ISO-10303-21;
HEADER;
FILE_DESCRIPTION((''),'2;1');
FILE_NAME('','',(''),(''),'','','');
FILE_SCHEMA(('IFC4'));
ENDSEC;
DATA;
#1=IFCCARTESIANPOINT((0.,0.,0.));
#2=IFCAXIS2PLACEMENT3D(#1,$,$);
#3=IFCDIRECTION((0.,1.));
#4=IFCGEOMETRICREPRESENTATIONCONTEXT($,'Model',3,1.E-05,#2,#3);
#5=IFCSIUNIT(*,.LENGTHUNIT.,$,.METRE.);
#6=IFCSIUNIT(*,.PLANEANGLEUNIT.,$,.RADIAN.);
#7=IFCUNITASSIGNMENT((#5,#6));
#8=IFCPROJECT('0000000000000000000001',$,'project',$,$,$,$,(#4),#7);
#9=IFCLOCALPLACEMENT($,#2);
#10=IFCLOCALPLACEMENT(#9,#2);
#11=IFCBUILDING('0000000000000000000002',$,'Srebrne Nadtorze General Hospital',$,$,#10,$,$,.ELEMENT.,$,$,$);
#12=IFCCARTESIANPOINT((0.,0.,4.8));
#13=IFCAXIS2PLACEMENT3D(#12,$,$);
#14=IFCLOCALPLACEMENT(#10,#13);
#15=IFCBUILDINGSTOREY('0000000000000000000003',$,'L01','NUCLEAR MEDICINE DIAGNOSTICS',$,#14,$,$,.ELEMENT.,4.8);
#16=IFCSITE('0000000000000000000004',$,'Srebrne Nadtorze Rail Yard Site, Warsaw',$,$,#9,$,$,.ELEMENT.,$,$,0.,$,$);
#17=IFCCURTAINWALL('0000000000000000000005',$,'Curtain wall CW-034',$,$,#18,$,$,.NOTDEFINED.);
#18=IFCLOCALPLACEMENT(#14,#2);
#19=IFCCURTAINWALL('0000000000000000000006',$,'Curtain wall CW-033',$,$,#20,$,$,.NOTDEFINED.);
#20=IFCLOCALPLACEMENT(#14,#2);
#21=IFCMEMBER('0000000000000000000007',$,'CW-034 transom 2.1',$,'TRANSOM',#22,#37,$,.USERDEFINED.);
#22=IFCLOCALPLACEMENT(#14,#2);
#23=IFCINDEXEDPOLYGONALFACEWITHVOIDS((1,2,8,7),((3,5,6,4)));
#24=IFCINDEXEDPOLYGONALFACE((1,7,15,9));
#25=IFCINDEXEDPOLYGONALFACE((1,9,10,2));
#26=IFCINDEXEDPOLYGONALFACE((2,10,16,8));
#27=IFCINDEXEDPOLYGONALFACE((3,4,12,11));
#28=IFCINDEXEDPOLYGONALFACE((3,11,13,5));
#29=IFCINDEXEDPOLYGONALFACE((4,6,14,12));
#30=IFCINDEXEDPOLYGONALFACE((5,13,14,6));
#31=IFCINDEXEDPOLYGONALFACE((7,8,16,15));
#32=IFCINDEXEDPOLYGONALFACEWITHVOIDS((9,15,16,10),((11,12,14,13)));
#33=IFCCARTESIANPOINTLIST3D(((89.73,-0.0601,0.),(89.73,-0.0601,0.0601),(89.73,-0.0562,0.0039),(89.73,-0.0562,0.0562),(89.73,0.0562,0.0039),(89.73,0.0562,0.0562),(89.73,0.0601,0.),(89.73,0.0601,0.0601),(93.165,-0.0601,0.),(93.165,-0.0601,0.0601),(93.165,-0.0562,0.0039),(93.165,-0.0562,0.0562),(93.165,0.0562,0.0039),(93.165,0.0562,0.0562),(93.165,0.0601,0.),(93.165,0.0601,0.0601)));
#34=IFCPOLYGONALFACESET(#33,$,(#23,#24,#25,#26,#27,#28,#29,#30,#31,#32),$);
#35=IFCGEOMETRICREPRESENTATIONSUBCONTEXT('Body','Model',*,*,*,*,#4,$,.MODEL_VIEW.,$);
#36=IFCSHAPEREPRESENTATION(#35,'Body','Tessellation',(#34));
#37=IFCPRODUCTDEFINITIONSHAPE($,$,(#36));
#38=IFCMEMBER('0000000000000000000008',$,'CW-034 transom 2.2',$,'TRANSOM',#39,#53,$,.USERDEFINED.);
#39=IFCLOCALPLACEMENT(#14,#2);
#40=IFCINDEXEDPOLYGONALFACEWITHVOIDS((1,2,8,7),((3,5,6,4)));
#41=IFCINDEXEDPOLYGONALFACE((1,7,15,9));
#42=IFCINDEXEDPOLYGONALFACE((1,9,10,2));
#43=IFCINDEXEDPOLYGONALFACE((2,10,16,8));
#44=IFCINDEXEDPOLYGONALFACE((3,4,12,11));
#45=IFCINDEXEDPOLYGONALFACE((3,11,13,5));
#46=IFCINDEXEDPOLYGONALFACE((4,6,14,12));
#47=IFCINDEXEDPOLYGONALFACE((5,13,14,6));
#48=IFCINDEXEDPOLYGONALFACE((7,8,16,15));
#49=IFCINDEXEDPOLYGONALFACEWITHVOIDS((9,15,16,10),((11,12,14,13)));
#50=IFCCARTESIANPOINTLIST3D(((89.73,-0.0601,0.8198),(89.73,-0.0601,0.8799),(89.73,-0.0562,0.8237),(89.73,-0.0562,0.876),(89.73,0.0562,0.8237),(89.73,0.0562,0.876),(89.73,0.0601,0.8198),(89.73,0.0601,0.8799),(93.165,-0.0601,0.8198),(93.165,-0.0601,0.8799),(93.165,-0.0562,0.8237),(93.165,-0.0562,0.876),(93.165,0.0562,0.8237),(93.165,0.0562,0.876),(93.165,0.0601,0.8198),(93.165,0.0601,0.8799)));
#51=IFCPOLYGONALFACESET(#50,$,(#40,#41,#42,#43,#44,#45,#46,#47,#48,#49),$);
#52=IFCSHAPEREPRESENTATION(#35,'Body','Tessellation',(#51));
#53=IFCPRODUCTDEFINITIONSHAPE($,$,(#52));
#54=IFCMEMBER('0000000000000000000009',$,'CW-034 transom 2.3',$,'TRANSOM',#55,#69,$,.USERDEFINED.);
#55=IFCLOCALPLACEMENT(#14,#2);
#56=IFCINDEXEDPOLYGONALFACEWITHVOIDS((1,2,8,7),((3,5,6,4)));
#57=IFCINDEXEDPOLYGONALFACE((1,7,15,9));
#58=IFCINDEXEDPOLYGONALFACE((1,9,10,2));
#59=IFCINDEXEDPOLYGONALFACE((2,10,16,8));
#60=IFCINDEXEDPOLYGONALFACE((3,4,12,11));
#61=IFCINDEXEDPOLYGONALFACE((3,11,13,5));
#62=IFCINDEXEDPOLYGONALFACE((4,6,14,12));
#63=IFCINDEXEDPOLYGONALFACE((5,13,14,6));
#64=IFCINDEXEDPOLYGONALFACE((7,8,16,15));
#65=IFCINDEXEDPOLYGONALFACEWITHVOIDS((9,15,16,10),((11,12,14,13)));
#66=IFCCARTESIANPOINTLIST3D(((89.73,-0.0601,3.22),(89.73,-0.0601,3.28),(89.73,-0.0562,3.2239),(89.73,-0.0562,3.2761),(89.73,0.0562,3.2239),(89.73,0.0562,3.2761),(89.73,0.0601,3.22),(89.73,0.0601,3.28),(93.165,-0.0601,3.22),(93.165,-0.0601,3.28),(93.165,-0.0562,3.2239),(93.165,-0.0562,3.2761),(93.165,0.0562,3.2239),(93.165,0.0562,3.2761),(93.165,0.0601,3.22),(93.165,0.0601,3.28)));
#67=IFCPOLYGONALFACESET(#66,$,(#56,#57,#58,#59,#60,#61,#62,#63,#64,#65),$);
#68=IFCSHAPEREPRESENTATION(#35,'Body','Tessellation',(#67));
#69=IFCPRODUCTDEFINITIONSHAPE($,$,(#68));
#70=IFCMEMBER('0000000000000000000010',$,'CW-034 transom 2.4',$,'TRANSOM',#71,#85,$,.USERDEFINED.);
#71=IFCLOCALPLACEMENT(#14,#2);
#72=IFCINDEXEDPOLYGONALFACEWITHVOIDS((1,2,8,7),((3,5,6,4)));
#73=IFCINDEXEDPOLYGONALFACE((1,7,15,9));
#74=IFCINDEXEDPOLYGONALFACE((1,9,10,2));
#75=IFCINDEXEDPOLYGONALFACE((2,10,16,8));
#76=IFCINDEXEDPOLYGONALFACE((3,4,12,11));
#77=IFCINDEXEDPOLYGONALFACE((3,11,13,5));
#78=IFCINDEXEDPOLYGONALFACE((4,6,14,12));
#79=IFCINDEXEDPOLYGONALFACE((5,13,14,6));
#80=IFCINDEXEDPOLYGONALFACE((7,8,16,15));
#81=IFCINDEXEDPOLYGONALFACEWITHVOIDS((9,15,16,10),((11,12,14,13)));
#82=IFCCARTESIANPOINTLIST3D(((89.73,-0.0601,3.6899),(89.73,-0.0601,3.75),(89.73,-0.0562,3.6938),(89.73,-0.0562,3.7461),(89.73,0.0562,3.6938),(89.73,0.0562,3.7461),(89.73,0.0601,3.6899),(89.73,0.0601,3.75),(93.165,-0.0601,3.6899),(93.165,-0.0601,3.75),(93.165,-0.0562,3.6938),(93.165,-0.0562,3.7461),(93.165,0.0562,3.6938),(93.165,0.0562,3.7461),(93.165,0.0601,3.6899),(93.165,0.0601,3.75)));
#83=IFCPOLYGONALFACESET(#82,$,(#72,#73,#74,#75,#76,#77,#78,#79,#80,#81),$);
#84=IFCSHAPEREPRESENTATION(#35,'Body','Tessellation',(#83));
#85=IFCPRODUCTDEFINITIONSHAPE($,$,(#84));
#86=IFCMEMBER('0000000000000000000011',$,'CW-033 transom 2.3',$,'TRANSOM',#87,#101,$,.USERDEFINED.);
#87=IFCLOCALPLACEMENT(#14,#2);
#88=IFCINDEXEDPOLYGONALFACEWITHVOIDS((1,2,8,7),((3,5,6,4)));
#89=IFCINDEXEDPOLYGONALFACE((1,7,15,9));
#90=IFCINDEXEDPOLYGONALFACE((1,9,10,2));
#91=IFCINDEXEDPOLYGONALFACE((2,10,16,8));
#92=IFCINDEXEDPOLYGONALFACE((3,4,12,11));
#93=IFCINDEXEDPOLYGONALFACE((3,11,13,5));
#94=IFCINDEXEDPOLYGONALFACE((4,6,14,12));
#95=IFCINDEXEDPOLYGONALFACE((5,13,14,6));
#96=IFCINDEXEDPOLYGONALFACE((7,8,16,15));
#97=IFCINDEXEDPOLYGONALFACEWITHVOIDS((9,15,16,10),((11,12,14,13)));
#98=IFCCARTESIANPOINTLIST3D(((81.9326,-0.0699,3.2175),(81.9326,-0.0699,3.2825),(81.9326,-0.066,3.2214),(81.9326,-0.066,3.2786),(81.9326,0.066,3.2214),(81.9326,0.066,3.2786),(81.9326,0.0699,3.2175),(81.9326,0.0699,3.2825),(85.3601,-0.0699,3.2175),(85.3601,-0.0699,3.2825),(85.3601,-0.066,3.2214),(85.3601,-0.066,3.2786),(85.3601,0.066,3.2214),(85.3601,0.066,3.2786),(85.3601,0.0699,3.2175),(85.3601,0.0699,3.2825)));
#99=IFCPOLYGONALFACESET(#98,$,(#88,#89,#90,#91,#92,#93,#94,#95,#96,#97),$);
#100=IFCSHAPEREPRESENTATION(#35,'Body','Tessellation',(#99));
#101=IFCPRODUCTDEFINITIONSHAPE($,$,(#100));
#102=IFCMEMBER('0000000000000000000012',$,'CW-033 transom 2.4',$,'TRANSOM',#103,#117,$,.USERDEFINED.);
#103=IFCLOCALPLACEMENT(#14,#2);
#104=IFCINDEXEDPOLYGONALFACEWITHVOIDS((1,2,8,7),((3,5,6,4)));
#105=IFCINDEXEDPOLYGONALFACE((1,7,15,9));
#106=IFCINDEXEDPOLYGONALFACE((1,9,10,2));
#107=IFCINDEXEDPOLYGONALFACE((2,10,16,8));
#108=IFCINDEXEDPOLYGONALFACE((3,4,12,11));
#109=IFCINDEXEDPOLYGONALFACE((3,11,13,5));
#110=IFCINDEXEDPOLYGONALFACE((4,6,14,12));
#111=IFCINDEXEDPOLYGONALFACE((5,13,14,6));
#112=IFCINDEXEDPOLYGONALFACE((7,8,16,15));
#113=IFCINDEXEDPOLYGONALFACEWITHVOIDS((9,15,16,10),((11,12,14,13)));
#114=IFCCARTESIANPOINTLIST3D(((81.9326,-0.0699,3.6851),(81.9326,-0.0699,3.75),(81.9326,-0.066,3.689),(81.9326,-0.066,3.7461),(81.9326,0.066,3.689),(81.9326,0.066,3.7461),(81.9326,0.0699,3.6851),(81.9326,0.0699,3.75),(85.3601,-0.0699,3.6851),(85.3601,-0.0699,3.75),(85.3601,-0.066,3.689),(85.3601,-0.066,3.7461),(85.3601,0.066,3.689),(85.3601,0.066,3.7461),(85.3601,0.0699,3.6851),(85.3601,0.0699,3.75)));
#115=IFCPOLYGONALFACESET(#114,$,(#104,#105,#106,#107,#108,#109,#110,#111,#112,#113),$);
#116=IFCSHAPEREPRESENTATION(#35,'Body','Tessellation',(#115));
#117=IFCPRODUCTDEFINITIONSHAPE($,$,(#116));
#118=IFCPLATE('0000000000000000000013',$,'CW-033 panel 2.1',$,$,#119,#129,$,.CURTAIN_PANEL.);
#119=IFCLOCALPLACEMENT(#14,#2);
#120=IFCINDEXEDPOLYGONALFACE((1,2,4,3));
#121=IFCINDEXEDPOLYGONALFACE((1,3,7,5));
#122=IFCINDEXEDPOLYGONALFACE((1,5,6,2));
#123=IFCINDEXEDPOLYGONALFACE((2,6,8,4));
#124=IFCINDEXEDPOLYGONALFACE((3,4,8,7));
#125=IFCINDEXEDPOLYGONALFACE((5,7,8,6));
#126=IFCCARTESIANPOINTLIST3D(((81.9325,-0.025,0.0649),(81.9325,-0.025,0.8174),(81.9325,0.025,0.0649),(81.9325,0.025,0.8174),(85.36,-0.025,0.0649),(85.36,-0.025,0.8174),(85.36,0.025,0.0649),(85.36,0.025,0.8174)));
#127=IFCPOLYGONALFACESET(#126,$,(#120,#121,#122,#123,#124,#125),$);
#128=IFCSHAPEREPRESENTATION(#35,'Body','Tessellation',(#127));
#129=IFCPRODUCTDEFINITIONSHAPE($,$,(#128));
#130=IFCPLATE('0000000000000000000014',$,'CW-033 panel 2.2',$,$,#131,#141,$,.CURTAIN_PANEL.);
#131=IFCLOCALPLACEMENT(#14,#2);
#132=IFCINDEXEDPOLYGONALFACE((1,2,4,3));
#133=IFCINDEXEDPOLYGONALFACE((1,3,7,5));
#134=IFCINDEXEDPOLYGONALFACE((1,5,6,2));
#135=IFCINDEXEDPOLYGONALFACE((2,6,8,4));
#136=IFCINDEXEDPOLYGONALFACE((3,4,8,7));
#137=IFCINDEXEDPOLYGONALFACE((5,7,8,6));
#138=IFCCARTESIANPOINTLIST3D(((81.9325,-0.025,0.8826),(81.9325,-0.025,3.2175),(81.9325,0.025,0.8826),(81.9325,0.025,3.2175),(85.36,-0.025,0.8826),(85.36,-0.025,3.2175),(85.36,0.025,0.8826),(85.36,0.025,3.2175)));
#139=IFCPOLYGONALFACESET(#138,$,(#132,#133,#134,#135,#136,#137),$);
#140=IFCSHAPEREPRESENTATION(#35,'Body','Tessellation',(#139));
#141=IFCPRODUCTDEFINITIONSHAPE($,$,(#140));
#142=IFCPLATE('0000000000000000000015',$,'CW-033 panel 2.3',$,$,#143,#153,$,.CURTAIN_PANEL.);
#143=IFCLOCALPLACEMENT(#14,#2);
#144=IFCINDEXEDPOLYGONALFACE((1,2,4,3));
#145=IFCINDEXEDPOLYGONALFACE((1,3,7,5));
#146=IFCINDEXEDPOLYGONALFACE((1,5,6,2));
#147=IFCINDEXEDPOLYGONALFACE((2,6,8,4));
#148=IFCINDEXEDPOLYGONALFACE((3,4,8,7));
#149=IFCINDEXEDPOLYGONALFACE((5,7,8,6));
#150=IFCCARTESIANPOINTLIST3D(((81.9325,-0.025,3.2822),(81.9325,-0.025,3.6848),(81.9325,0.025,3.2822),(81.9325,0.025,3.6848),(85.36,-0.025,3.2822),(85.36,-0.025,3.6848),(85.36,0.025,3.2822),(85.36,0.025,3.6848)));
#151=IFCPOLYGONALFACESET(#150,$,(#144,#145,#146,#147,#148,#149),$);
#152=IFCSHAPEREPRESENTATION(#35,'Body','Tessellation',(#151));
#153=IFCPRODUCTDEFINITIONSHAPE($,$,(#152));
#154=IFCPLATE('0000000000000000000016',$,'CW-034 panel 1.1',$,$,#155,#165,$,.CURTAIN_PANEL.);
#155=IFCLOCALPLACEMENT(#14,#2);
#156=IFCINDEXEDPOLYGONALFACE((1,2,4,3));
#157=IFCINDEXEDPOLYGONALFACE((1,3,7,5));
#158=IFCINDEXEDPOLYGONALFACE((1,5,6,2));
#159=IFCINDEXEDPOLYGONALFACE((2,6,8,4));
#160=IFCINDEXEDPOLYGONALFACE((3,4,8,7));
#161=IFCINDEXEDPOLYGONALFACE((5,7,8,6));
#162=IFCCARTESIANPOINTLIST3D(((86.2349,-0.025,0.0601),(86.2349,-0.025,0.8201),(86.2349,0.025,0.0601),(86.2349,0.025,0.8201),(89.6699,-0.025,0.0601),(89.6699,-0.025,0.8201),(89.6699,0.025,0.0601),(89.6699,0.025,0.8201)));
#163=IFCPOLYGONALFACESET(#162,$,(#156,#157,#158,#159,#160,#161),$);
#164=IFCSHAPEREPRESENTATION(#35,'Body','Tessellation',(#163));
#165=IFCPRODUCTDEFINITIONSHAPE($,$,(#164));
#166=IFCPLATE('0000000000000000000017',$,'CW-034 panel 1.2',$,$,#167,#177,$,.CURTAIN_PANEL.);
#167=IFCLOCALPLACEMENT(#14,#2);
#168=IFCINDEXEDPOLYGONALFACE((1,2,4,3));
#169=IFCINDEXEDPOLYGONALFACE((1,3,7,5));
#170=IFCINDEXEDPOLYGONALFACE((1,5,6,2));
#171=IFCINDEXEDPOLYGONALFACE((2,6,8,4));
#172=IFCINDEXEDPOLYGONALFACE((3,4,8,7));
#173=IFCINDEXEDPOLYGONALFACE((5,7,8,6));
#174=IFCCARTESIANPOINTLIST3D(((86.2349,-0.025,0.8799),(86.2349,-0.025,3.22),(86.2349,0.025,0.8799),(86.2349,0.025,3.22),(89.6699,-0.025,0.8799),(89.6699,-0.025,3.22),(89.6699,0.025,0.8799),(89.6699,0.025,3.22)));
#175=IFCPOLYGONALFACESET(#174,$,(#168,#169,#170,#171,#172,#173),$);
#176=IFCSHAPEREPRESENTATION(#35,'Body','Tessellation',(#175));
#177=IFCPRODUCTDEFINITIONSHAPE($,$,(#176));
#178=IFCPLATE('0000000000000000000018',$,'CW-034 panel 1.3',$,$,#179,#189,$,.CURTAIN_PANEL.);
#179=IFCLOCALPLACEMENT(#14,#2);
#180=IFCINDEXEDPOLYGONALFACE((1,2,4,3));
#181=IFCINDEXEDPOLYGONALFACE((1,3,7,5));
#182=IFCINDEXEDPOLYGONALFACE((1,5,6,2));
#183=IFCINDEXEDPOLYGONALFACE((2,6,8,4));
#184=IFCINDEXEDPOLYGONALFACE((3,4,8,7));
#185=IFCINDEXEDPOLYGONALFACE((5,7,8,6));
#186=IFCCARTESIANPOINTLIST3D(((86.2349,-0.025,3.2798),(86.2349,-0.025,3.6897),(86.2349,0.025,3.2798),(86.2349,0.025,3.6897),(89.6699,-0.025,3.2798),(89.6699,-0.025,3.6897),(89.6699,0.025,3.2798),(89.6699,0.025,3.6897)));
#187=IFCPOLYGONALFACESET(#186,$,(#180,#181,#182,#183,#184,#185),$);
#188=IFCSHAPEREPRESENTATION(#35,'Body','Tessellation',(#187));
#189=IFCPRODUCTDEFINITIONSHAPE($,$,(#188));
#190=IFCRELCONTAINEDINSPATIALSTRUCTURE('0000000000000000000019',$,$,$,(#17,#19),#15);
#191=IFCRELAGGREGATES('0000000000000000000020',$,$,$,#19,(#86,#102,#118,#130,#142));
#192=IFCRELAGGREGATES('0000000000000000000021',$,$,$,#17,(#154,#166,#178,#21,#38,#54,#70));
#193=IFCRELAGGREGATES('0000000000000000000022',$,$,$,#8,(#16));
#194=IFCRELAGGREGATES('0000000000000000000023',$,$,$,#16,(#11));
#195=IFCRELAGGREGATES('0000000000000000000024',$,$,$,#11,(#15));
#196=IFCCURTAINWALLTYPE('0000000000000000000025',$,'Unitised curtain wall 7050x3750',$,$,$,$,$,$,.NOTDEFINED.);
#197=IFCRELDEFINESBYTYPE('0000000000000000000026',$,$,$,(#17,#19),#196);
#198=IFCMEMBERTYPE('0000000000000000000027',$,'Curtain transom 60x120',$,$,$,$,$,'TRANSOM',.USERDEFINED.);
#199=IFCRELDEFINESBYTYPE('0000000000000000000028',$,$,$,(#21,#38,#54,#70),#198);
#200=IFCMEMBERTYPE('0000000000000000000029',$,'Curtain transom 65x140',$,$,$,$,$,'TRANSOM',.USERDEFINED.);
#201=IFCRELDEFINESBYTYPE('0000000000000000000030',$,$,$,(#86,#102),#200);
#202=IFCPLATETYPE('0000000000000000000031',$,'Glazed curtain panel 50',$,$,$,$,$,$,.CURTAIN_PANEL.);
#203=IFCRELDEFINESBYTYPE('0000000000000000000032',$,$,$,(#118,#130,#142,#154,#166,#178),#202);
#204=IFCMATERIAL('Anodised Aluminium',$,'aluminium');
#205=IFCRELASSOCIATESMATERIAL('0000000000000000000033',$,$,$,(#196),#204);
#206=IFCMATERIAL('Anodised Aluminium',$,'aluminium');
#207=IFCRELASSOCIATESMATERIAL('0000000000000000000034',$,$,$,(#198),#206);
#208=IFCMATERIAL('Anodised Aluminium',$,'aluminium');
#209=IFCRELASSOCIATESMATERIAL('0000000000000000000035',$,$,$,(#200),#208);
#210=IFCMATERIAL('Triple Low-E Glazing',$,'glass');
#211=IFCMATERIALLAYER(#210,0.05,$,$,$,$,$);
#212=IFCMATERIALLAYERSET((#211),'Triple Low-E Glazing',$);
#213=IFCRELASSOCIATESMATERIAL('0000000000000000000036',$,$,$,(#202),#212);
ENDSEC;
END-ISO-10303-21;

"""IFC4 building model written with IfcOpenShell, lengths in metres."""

from ifc_helpers import new_model, si_unit, direction, frame, origin, origin_2d, place, context, subcontext, project, spatial, rectangle, hollow_rectangle, extrude, material, layer, layer_set, material_profile, profile_set, type_object, element, aggregate, save


model = new_model("IFC4")

# Units and contexts
model_context = context("Model", 3, precision=1e-05, world=origin(), true_north=direction((0.0, 1.0)))
body_context = subcontext(model_context, "Body", "Model", "MODEL_VIEW")
ifc_project = project(units=[si_unit("LENGTHUNIT", "METRE"), si_unit("PLANEANGLEUNIT", "RADIAN")], contexts=[model_context])

# Site, building, storey
site_placement = place(None, origin())
site = spatial("IfcSite", under=ifc_project, at=site_placement, Name="Srebrne Nadtorze Rail Yard Site, Warsaw", CompositionType="ELEMENT", RefElevation=0.0)
building_placement = place(site_placement, origin())
building = spatial("IfcBuilding", under=site, at=building_placement, Name="Srebrne Nadtorze General Hospital", CompositionType="ELEMENT")
storey_placement = place(building_placement, frame((0.0, 0.0, 4.8)))
storey = spatial("IfcBuildingStorey", under=building, at=storey_placement, Name="L01", Description="NUCLEAR MEDICINE DIAGNOSTICS", CompositionType="ELEMENT", Elevation=4.8)

# Curtain wall
ifc_material_1 = material(Name="Anodised Aluminium", Category="aluminium")
curtain_wall_type = type_object("IfcCurtainWallType", Name="Unitised curtain wall 7050x3750", PredefinedType="NOTDEFINED", material=ifc_material_1)
curtain_wall_1_placement = place(storey_placement, origin())
curtain_wall_1 = element("IfcCurtainWall", 1, at=curtain_wall_1_placement, inside=storey, type_object=curtain_wall_type, Name="Curtain wall CW-034", PredefinedType="NOTDEFINED")

# Curtain wall
curtain_wall_2_placement = place(storey_placement, origin())
curtain_wall_2 = element("IfcCurtainWall", 2, at=curtain_wall_2_placement, inside=storey, type_object=curtain_wall_type, Name="Curtain wall CW-033", PredefinedType="NOTDEFINED")

# Members
ifc_material_2 = material(Name="Anodised Aluminium", Category="aluminium")
ifc_material_profile_1 = material_profile(ifc_material_2, hollow_rectangle(XDim=0.0601, YDim=0.1201, WallThickness=0.0039, at=origin_2d()), Name="AL-TRN-60x120")
ifc_profile_set_1 = profile_set([ifc_material_profile_1], Name="Anodised Aluminium")
member_type_1 = type_object("IfcMemberType", Name="Curtain transom 60x120", ElementType="TRANSOM", PredefinedType="USERDEFINED", material=ifc_profile_set_1)
member_1_placement = place(storey_placement, frame((89.73, 0.0, 0.03), z_axis=(1.0, 0.0, 0.0), x_axis=(0.0, 0.0, 1.0)))
member_1 = element("IfcMember", 3, at=member_1_placement, type_object=member_type_1, Name="CW-034 transom 2.1", ObjectType="TRANSOM", PredefinedType="USERDEFINED", context=body_context, shape_type="SweptSolid", body=[
    extrude(hollow_rectangle(XDim=0.0601, YDim=0.1201, WallThickness=0.0039, at=origin_2d()), origin(), (0.0, 0.0, 1.0), 3.4351),
])
member_2_placement = place(storey_placement, frame((89.73, 0.0, 0.8499), z_axis=(1.0, 0.0, 0.0), x_axis=(0.0, 0.0, 1.0)))
member_2 = element("IfcMember", 4, at=member_2_placement, type_object=member_type_1, Name="CW-034 transom 2.2", ObjectType="TRANSOM", PredefinedType="USERDEFINED", context=body_context, shape_type="SweptSolid", body=[
    extrude(hollow_rectangle(XDim=0.0601, YDim=0.1201, WallThickness=0.0039, at=origin_2d()), origin(), (0.0, 0.0, 1.0), 3.4351),
])
member_3_placement = place(storey_placement, frame((89.73, 0.0, 3.25), z_axis=(1.0, 0.0, 0.0), x_axis=(0.0, 0.0, 1.0)))
member_3 = element("IfcMember", 5, at=member_3_placement, type_object=member_type_1, Name="CW-034 transom 2.3", ObjectType="TRANSOM", PredefinedType="USERDEFINED", context=body_context, shape_type="SweptSolid", body=[
    extrude(hollow_rectangle(XDim=0.0601, YDim=0.1201, WallThickness=0.0039, at=origin_2d()), origin(), (0.0, 0.0, 1.0), 3.4351),
])
member_4_placement = place(storey_placement, frame((89.73, 0.0, 3.72), z_axis=(1.0, 0.0, 0.0), x_axis=(0.0, 0.0, 1.0)))
member_4 = element("IfcMember", 6, at=member_4_placement, type_object=member_type_1, Name="CW-034 transom 2.4", ObjectType="TRANSOM", PredefinedType="USERDEFINED", context=body_context, shape_type="SweptSolid", body=[
    extrude(hollow_rectangle(XDim=0.0601, YDim=0.1201, WallThickness=0.0039, at=origin_2d()), origin(), (0.0, 0.0, 1.0), 3.4351),
])
ifc_material_3 = material(Name="Anodised Aluminium", Category="aluminium")
ifc_material_profile_2 = material_profile(ifc_material_3, hollow_rectangle(XDim=0.0649, YDim=0.1399, WallThickness=0.0039, at=origin_2d()), Name="AL-TRN-65x140")
ifc_profile_set_2 = profile_set([ifc_material_profile_2], Name="Anodised Aluminium")
member_type_2 = type_object("IfcMemberType", Name="Curtain transom 65x140", ElementType="TRANSOM", PredefinedType="USERDEFINED", material=ifc_profile_set_2)
member_5_placement = place(storey_placement, frame((81.9326, 0.0, 3.25), z_axis=(1.0, 0.0, 0.0), x_axis=(0.0, 0.0, 1.0)))
member_5 = element("IfcMember", 7, at=member_5_placement, type_object=member_type_2, Name="CW-033 transom 2.3", ObjectType="TRANSOM", PredefinedType="USERDEFINED", context=body_context, shape_type="SweptSolid", body=[
    extrude(hollow_rectangle(XDim=0.0649, YDim=0.1399, WallThickness=0.0039, at=origin_2d()), origin(), (0.0, 0.0, 1.0), 3.4275),
])
member_6_placement = place(storey_placement, frame((81.9326, 0.0, 3.7175), z_axis=(1.0, 0.0, 0.0), x_axis=(0.0, 0.0, 1.0)))
member_6 = element("IfcMember", 8, at=member_6_placement, type_object=member_type_2, Name="CW-033 transom 2.4", ObjectType="TRANSOM", PredefinedType="USERDEFINED", context=body_context, shape_type="SweptSolid", body=[
    extrude(hollow_rectangle(XDim=0.0649, YDim=0.1399, WallThickness=0.0039, at=origin_2d()), origin(), (0.0, 0.0, 1.0), 3.4275),
])

# Plates
ifc_material_4 = material(Name="Triple Low-E Glazing", Category="glass")
ifc_layer_1 = layer(ifc_material_4, 0.05)
ifc_layer_set_1 = layer_set([ifc_layer_1], Name="Triple Low-E Glazing")
plate_type = type_object("IfcPlateType", Name="Glazed curtain panel 50", PredefinedType="CURTAIN_PANEL", material=ifc_layer_set_1)
plate_1_placement = place(storey_placement, frame((83.6462, 0.0, 0.0649), z_axis=(0.0, 0.0, 1.0), x_axis=(1.0, 0.0, 0.0)))
plate_1 = element("IfcPlate", 9, at=plate_1_placement, type_object=plate_type, Name="CW-033 panel 2.1", PredefinedType="CURTAIN_PANEL", context=body_context, shape_type="SweptSolid", body=[
    extrude(rectangle(XDim=3.4275, YDim=0.05, at=origin_2d()), origin(), (0.0, 0.0, 1.0), 0.7524),
])
plate_2_placement = place(storey_placement, frame((83.6462, 0.0, 0.8826), z_axis=(0.0, 0.0, 1.0), x_axis=(1.0, 0.0, 0.0)))
plate_2 = element("IfcPlate", 10, at=plate_2_placement, type_object=plate_type, Name="CW-033 panel 2.2", PredefinedType="CURTAIN_PANEL", context=body_context, shape_type="SweptSolid", body=[
    extrude(rectangle(XDim=3.4275, YDim=0.05, at=origin_2d()), origin(), (0.0, 0.0, 1.0), 2.335),
])
plate_3_placement = place(storey_placement, frame((83.6462, 0.0, 3.2822), z_axis=(0.0, 0.0, 1.0), x_axis=(1.0, 0.0, 0.0)))
plate_3 = element("IfcPlate", 11, at=plate_3_placement, type_object=plate_type, Name="CW-033 panel 2.3", PredefinedType="CURTAIN_PANEL", context=body_context, shape_type="SweptSolid", body=[
    extrude(rectangle(XDim=3.4275, YDim=0.05, at=origin_2d()), origin(), (0.0, 0.0, 1.0), 0.4026),
])
aggregate(curtain_wall_2, [member_5, member_6, plate_1, plate_2, plate_3])
plate_4_placement = place(storey_placement, frame((87.9524, 0.0, 0.0601), z_axis=(0.0, 0.0, 1.0), x_axis=(1.0, 0.0, 0.0)))
plate_4 = element("IfcPlate", 12, at=plate_4_placement, type_object=plate_type, Name="CW-034 panel 1.1", PredefinedType="CURTAIN_PANEL", context=body_context, shape_type="SweptSolid", body=[
    extrude(rectangle(XDim=3.4351, YDim=0.05, at=origin_2d()), origin(), (0.0, 0.0, 1.0), 0.76),
])
plate_5_placement = place(storey_placement, frame((87.9524, 0.0, 0.8799), z_axis=(0.0, 0.0, 1.0), x_axis=(1.0, 0.0, 0.0)))
plate_5 = element("IfcPlate", 13, at=plate_5_placement, type_object=plate_type, Name="CW-034 panel 1.2", PredefinedType="CURTAIN_PANEL", context=body_context, shape_type="SweptSolid", body=[
    extrude(rectangle(XDim=3.4351, YDim=0.05, at=origin_2d()), origin(), (0.0, 0.0, 1.0), 2.3401),
])
plate_6_placement = place(storey_placement, frame((87.9524, 0.0, 3.2798), z_axis=(0.0, 0.0, 1.0), x_axis=(1.0, 0.0, 0.0)))
plate_6 = element("IfcPlate", 14, at=plate_6_placement, type_object=plate_type, Name="CW-034 panel 1.3", PredefinedType="CURTAIN_PANEL", context=body_context, shape_type="SweptSolid", body=[
    extrude(rectangle(XDim=3.4351, YDim=0.05, at=origin_2d()), origin(), (0.0, 0.0, 1.0), 0.4099),
])
aggregate(curtain_wall_1, [plate_4, plate_5, plate_6, member_1, member_2, member_3, member_4])

save(model, "model.ifc")
